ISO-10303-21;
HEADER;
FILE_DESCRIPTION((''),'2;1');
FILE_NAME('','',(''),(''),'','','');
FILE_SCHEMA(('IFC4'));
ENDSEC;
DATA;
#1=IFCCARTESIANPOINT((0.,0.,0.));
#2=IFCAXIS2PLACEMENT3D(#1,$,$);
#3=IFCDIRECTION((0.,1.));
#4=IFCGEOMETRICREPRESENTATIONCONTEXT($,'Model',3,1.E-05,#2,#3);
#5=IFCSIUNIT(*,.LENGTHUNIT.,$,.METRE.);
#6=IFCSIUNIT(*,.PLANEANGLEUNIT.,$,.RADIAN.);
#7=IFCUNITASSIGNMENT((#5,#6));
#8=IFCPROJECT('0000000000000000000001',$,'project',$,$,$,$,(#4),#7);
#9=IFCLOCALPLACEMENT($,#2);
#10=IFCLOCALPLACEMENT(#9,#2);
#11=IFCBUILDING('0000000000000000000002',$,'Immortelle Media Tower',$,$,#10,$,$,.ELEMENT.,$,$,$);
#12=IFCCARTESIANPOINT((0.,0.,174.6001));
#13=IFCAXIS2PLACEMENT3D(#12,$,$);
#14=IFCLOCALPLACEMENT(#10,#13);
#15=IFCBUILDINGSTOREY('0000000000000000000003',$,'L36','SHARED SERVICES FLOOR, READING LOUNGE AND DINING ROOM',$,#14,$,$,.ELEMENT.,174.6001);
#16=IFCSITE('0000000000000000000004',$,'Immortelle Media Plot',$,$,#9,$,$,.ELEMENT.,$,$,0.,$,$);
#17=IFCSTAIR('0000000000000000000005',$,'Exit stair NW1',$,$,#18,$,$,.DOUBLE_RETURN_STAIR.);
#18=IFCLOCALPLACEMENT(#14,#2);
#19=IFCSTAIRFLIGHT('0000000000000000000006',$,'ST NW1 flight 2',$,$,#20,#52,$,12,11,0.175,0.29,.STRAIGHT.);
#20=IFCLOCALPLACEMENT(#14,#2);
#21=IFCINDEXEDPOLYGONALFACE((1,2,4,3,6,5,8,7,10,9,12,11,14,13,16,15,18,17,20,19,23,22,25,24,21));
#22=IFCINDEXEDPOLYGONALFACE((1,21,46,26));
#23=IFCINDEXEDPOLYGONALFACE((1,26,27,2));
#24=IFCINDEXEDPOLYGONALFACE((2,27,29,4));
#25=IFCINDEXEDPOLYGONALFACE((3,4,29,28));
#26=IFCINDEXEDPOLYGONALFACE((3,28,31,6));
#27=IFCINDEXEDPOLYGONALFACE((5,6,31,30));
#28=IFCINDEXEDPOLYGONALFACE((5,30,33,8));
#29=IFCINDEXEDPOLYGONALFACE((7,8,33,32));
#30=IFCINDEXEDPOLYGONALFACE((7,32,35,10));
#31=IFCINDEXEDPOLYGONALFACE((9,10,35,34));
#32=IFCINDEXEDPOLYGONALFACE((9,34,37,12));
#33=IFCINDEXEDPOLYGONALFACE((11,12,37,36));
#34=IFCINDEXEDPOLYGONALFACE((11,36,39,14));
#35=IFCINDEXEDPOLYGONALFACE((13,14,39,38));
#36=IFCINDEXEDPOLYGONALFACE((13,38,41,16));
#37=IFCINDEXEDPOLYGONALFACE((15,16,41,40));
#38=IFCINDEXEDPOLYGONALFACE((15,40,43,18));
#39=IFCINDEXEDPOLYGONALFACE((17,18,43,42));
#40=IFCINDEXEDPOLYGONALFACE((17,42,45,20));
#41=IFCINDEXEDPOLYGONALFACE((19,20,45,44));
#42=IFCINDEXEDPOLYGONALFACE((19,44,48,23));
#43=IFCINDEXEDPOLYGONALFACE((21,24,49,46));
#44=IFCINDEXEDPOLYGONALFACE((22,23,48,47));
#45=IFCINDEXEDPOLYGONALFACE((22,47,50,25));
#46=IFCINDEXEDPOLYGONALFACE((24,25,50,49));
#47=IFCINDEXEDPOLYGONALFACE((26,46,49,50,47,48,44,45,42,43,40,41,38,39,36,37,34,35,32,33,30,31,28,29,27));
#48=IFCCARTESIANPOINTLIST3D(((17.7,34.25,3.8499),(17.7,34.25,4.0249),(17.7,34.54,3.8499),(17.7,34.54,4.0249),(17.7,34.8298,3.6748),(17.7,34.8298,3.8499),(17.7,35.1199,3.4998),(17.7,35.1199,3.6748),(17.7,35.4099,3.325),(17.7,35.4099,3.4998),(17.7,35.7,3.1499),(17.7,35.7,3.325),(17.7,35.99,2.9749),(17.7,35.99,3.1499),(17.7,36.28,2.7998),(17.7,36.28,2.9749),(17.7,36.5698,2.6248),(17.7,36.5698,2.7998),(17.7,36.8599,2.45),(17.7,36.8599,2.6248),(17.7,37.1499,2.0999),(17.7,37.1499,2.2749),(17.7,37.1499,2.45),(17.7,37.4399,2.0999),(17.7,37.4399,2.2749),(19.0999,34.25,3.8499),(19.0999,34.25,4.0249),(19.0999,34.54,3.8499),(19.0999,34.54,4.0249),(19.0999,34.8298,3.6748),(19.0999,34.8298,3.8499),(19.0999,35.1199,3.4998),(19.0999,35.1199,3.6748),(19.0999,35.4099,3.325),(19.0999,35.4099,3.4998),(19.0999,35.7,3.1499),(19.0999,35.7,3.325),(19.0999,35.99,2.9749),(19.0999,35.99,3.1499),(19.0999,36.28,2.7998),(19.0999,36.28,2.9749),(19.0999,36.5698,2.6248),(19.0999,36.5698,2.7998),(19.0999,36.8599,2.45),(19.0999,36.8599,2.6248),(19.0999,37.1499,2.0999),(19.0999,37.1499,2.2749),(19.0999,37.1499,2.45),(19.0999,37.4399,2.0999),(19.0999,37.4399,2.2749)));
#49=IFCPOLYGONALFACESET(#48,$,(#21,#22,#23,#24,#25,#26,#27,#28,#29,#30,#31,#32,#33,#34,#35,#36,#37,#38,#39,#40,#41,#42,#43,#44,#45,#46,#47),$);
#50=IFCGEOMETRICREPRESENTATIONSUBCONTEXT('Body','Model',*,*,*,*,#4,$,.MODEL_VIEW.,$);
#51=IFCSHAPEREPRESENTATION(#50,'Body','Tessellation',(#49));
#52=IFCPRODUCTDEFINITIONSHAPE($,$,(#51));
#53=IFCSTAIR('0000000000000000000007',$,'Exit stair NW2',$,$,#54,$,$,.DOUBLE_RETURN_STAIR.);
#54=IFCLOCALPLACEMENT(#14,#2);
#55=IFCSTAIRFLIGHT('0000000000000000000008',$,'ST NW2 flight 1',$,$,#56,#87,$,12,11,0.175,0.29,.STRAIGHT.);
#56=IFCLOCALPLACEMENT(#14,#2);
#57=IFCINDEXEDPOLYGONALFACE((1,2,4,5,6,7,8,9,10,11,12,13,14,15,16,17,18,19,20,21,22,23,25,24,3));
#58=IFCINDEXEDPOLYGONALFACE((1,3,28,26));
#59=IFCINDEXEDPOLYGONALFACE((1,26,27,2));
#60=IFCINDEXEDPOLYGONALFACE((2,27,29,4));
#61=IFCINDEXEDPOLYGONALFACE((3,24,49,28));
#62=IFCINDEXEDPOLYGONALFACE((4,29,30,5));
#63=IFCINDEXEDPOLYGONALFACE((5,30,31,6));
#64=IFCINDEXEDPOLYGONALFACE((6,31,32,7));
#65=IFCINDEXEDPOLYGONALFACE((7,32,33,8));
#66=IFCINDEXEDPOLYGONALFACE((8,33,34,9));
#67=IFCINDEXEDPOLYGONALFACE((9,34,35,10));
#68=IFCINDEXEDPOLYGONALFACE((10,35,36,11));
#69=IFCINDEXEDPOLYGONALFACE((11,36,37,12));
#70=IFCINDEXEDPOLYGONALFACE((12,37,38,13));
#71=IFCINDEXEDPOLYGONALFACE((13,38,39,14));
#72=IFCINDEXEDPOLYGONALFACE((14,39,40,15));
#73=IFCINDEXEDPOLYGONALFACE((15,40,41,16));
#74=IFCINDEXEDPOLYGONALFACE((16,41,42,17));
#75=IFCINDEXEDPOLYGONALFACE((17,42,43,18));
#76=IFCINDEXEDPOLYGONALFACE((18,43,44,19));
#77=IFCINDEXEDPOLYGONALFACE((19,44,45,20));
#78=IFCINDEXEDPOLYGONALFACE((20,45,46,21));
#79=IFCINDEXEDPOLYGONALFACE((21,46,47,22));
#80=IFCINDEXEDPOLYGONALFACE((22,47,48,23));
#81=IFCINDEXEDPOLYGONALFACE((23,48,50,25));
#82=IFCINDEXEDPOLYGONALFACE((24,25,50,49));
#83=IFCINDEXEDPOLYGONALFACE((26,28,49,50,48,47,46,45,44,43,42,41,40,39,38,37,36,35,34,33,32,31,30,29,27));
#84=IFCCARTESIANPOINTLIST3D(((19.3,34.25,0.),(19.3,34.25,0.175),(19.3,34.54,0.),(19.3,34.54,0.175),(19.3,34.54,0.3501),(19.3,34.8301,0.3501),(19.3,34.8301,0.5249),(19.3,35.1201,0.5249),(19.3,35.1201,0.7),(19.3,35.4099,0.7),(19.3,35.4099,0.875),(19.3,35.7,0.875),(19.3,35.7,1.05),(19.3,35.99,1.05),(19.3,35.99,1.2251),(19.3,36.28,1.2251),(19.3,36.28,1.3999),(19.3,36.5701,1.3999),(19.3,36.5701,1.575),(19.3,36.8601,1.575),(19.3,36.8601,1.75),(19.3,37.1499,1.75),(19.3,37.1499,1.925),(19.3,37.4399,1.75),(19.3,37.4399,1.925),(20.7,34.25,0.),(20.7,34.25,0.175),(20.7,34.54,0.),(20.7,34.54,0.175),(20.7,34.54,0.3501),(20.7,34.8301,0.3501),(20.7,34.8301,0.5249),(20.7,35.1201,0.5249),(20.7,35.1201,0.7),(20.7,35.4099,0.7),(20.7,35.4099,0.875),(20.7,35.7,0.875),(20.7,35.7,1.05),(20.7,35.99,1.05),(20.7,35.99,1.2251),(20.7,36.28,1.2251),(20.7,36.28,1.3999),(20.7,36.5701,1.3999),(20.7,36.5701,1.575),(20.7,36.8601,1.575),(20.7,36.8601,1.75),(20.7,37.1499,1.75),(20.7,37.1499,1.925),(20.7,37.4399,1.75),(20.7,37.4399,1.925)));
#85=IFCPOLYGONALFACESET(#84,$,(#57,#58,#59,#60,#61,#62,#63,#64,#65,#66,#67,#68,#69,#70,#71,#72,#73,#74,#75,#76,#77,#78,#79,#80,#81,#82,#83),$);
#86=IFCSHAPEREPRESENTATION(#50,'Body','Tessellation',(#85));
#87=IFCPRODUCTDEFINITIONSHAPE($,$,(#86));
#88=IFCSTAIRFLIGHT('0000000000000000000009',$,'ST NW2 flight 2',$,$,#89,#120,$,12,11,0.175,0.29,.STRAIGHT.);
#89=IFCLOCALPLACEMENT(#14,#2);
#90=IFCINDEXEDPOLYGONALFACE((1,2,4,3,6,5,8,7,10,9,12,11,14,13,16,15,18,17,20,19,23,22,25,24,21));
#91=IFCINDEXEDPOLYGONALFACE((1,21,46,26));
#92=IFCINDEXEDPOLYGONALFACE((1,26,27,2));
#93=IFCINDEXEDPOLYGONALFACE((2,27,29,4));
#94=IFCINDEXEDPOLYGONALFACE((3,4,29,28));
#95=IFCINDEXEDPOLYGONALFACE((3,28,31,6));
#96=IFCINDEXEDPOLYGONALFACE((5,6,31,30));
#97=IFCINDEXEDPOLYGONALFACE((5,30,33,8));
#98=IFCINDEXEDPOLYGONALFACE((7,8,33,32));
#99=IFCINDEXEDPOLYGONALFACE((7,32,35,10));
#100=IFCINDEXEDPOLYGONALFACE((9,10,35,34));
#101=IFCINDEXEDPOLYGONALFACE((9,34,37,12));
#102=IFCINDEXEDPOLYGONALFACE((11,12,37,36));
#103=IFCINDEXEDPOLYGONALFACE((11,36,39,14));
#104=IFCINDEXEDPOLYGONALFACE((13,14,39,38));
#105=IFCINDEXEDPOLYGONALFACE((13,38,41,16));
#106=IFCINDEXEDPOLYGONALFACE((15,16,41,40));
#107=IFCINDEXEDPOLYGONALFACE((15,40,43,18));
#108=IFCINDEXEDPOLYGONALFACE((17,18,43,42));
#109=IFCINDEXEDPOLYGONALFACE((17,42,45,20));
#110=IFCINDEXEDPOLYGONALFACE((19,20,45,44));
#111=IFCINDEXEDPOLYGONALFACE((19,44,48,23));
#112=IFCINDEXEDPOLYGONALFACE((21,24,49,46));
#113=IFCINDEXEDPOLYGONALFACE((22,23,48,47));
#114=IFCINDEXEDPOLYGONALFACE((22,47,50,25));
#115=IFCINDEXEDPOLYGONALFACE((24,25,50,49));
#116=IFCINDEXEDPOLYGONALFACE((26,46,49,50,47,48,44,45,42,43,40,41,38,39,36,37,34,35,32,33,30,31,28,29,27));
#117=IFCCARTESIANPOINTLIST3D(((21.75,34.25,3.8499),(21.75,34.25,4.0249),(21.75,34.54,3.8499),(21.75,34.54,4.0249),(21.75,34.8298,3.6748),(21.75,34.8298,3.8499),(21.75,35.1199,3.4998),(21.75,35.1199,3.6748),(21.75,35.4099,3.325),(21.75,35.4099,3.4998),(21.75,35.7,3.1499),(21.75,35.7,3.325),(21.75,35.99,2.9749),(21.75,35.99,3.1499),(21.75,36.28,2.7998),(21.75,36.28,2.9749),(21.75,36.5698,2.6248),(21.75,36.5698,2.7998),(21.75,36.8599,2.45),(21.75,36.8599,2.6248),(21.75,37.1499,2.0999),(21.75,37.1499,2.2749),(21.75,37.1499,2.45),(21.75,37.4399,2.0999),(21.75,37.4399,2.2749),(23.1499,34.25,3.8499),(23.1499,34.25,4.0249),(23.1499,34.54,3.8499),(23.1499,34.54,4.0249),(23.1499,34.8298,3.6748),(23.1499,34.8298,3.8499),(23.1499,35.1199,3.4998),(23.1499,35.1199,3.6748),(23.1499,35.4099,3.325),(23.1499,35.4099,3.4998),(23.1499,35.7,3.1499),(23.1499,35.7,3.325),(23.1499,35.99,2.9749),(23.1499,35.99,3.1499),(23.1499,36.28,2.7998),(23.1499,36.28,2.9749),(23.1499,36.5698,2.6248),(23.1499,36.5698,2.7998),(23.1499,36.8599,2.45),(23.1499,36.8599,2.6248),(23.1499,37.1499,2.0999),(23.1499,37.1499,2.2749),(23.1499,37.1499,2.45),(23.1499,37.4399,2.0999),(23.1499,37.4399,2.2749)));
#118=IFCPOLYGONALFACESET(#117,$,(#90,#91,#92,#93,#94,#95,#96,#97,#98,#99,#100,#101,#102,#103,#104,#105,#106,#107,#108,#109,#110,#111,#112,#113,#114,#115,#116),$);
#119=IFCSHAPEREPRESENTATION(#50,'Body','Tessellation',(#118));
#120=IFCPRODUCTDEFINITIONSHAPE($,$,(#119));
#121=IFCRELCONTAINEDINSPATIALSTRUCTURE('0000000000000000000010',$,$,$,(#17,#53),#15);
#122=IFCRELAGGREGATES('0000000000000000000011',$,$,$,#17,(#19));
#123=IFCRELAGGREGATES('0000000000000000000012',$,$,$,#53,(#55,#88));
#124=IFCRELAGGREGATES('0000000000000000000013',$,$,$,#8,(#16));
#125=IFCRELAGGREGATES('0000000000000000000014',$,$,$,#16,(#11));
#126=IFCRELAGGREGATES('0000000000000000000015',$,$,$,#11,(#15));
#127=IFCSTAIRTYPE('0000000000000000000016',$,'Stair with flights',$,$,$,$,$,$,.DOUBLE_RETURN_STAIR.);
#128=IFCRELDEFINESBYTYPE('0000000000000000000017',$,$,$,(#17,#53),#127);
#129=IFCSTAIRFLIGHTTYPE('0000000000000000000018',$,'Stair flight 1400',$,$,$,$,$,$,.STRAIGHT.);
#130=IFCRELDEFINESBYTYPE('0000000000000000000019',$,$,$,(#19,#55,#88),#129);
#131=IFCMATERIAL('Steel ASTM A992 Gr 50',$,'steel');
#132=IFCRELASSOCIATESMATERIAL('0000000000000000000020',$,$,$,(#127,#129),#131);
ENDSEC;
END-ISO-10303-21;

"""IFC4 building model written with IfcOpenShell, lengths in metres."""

from ifc_helpers import new_model, si_unit, direction, frame, origin, place, context, subcontext, project, spatial, polyline, outline, extrude, material, type_object, element, aggregate, save


model = new_model("IFC4")

# Units and contexts
model_context = context("Model", 3, precision=1e-05, world=origin(), true_north=direction((0.0, 1.0)))
body_context = subcontext(model_context, "Body", "Model", "MODEL_VIEW")
ifc_project = project(units=[si_unit("LENGTHUNIT", "METRE"), si_unit("PLANEANGLEUNIT", "RADIAN")], contexts=[model_context])

# Site, building, storey
site_placement = place(None, origin())
site = spatial("IfcSite", under=ifc_project, at=site_placement, Name="Immortelle Media Plot", CompositionType="ELEMENT", RefElevation=0.0)
building_placement = place(site_placement, origin())
building = spatial("IfcBuilding", under=site, at=building_placement, Name="Immortelle Media Tower", CompositionType="ELEMENT")
storey_placement = place(building_placement, frame((0.0, 0.0, 174.6001)))
storey = spatial("IfcBuildingStorey", under=building, at=storey_placement, Name="L36", Description="SHARED SERVICES FLOOR, READING LOUNGE AND DINING ROOM", CompositionType="ELEMENT", Elevation=174.6001)

# Shared definitions
ifc_material_1 = material(Name="Steel ASTM A992 Gr 50", Category="steel")

# Stairs, stair flights
stair_type = type_object("IfcStairType", Name="Stair with flights", PredefinedType="DOUBLE_RETURN_STAIR", material=ifc_material_1)
stair_1_placement = place(storey_placement, origin())
stair_1 = element("IfcStair", 1, at=stair_1_placement, inside=storey, type_object=stair_type, Name="Exit stair NW1", PredefinedType="DOUBLE_RETURN_STAIR")
stair_flight_type = type_object("IfcStairFlightType", Name="Stair flight 1400", PredefinedType="STRAIGHT", material=ifc_material_1)
stair_flight_1_placement = place(storey_placement, frame((18.3999, 37.4399, 2.0999), z_axis=(0.0, 0.0, 1.0), x_axis=(0.0, -1.0, 0.0)))
stair_flight_1 = element("IfcStairFlight", 2, at=stair_flight_1_placement, type_object=stair_flight_type, Name="ST NW1 flight 2", NumberOfRisers=12, NumberOfTreads=11, PredefinedType="STRAIGHT", RiserHeight=0.175, TreadLength=0.29, context=body_context, shape_type="SweptSolid", body=[
    extrude(outline(polyline([(0.0, 0.0), (0.0, 0.175), (0.29, 0.175), (0.29, 0.3501), (0.5801, 0.3501), (0.5801, 0.5249), (0.8701, 0.5249), (0.8701, 0.7), (1.1599, 0.7), (1.1599, 0.875), (1.45, 0.875), (1.45, 1.05), (1.74, 1.05), (1.74, 1.2251), (2.03, 1.2251), (2.03, 1.3999), (2.3201, 1.3999), (2.3201, 1.575), (2.6101, 1.575), (2.6101, 1.75), (2.8999, 1.75), (2.8999, 1.925), (3.1899, 1.925), (3.1899, 2.1001), (3.1899, 1.75), (0.29, 0.0), (0.0, 0.0)])), frame((0.0, 0.7, 0.0), z_axis=(0.0, -1.0, 0.0), x_axis=(1.0, 0.0, 0.0)), (0.0, 0.0, 1.0), 1.3999),
])
aggregate(stair_1, [stair_flight_1])
stair_2_placement = place(storey_placement, origin())
stair_2 = element("IfcStair", 3, at=stair_2_placement, inside=storey, type_object=stair_type, Name="Exit stair NW2", PredefinedType="DOUBLE_RETURN_STAIR")
stair_flight_2_placement = place(storey_placement, frame((20.0, 34.25, 0.0), z_axis=(0.0, 0.0, 1.0), x_axis=(0.0, 1.0, 0.0)))
stair_flight_2 = element("IfcStairFlight", 4, at=stair_flight_2_placement, type_object=stair_flight_type, Name="ST NW2 flight 1", NumberOfRisers=12, NumberOfTreads=11, PredefinedType="STRAIGHT", RiserHeight=0.175, TreadLength=0.29, context=body_context, shape_type="SweptSolid", body=[
    extrude(outline(polyline([(0.0, 0.0), (0.0, 0.175), (0.29, 0.175), (0.29, 0.3501), (0.5801, 0.3501), (0.5801, 0.5249), (0.8701, 0.5249), (0.8701, 0.7), (1.1599, 0.7), (1.1599, 0.875), (1.45, 0.875), (1.45, 1.05), (1.74, 1.05), (1.74, 1.2251), (2.03, 1.2251), (2.03, 1.3999), (2.3201, 1.3999), (2.3201, 1.575), (2.6101, 1.575), (2.6101, 1.75), (2.8999, 1.75), (2.8999, 1.925), (3.1899, 1.925), (3.1899, 2.1001), (3.1899, 1.75), (0.29, 0.0), (0.0, 0.0)])), frame((0.0, 0.7, 0.0), z_axis=(0.0, -1.0, 0.0), x_axis=(1.0, 0.0, 0.0)), (0.0, 0.0, 1.0), 1.3999),
])
stair_flight_3_placement = place(storey_placement, frame((22.45, 37.4399, 2.0999), z_axis=(0.0, 0.0, 1.0), x_axis=(0.0, -1.0, 0.0)))
stair_flight_3 = element("IfcStairFlight", 5, at=stair_flight_3_placement, type_object=stair_flight_type, Name="ST NW2 flight 2", NumberOfRisers=12, NumberOfTreads=11, PredefinedType="STRAIGHT", RiserHeight=0.175, TreadLength=0.29, context=body_context, shape_type="SweptSolid", body=[
    extrude(outline(polyline([(0.0, 0.0), (0.0, 0.175), (0.29, 0.175), (0.29, 0.3501), (0.5801, 0.3501), (0.5801, 0.5249), (0.8701, 0.5249), (0.8701, 0.7), (1.1599, 0.7), (1.1599, 0.875), (1.45, 0.875), (1.45, 1.05), (1.74, 1.05), (1.74, 1.2251), (2.03, 1.2251), (2.03, 1.3999), (2.3201, 1.3999), (2.3201, 1.575), (2.6101, 1.575), (2.6101, 1.75), (2.8999, 1.75), (2.8999, 1.925), (3.1899, 1.925), (3.1899, 2.1001), (3.1899, 1.75), (0.29, 0.0), (0.0, 0.0)])), frame((0.0, 0.7, 0.0), z_axis=(0.0, -1.0, 0.0), x_axis=(1.0, 0.0, 0.0)), (0.0, 0.0, 1.0), 1.3999),
])
aggregate(stair_2, [stair_flight_2, stair_flight_3])

save(model, "model.ifc")
